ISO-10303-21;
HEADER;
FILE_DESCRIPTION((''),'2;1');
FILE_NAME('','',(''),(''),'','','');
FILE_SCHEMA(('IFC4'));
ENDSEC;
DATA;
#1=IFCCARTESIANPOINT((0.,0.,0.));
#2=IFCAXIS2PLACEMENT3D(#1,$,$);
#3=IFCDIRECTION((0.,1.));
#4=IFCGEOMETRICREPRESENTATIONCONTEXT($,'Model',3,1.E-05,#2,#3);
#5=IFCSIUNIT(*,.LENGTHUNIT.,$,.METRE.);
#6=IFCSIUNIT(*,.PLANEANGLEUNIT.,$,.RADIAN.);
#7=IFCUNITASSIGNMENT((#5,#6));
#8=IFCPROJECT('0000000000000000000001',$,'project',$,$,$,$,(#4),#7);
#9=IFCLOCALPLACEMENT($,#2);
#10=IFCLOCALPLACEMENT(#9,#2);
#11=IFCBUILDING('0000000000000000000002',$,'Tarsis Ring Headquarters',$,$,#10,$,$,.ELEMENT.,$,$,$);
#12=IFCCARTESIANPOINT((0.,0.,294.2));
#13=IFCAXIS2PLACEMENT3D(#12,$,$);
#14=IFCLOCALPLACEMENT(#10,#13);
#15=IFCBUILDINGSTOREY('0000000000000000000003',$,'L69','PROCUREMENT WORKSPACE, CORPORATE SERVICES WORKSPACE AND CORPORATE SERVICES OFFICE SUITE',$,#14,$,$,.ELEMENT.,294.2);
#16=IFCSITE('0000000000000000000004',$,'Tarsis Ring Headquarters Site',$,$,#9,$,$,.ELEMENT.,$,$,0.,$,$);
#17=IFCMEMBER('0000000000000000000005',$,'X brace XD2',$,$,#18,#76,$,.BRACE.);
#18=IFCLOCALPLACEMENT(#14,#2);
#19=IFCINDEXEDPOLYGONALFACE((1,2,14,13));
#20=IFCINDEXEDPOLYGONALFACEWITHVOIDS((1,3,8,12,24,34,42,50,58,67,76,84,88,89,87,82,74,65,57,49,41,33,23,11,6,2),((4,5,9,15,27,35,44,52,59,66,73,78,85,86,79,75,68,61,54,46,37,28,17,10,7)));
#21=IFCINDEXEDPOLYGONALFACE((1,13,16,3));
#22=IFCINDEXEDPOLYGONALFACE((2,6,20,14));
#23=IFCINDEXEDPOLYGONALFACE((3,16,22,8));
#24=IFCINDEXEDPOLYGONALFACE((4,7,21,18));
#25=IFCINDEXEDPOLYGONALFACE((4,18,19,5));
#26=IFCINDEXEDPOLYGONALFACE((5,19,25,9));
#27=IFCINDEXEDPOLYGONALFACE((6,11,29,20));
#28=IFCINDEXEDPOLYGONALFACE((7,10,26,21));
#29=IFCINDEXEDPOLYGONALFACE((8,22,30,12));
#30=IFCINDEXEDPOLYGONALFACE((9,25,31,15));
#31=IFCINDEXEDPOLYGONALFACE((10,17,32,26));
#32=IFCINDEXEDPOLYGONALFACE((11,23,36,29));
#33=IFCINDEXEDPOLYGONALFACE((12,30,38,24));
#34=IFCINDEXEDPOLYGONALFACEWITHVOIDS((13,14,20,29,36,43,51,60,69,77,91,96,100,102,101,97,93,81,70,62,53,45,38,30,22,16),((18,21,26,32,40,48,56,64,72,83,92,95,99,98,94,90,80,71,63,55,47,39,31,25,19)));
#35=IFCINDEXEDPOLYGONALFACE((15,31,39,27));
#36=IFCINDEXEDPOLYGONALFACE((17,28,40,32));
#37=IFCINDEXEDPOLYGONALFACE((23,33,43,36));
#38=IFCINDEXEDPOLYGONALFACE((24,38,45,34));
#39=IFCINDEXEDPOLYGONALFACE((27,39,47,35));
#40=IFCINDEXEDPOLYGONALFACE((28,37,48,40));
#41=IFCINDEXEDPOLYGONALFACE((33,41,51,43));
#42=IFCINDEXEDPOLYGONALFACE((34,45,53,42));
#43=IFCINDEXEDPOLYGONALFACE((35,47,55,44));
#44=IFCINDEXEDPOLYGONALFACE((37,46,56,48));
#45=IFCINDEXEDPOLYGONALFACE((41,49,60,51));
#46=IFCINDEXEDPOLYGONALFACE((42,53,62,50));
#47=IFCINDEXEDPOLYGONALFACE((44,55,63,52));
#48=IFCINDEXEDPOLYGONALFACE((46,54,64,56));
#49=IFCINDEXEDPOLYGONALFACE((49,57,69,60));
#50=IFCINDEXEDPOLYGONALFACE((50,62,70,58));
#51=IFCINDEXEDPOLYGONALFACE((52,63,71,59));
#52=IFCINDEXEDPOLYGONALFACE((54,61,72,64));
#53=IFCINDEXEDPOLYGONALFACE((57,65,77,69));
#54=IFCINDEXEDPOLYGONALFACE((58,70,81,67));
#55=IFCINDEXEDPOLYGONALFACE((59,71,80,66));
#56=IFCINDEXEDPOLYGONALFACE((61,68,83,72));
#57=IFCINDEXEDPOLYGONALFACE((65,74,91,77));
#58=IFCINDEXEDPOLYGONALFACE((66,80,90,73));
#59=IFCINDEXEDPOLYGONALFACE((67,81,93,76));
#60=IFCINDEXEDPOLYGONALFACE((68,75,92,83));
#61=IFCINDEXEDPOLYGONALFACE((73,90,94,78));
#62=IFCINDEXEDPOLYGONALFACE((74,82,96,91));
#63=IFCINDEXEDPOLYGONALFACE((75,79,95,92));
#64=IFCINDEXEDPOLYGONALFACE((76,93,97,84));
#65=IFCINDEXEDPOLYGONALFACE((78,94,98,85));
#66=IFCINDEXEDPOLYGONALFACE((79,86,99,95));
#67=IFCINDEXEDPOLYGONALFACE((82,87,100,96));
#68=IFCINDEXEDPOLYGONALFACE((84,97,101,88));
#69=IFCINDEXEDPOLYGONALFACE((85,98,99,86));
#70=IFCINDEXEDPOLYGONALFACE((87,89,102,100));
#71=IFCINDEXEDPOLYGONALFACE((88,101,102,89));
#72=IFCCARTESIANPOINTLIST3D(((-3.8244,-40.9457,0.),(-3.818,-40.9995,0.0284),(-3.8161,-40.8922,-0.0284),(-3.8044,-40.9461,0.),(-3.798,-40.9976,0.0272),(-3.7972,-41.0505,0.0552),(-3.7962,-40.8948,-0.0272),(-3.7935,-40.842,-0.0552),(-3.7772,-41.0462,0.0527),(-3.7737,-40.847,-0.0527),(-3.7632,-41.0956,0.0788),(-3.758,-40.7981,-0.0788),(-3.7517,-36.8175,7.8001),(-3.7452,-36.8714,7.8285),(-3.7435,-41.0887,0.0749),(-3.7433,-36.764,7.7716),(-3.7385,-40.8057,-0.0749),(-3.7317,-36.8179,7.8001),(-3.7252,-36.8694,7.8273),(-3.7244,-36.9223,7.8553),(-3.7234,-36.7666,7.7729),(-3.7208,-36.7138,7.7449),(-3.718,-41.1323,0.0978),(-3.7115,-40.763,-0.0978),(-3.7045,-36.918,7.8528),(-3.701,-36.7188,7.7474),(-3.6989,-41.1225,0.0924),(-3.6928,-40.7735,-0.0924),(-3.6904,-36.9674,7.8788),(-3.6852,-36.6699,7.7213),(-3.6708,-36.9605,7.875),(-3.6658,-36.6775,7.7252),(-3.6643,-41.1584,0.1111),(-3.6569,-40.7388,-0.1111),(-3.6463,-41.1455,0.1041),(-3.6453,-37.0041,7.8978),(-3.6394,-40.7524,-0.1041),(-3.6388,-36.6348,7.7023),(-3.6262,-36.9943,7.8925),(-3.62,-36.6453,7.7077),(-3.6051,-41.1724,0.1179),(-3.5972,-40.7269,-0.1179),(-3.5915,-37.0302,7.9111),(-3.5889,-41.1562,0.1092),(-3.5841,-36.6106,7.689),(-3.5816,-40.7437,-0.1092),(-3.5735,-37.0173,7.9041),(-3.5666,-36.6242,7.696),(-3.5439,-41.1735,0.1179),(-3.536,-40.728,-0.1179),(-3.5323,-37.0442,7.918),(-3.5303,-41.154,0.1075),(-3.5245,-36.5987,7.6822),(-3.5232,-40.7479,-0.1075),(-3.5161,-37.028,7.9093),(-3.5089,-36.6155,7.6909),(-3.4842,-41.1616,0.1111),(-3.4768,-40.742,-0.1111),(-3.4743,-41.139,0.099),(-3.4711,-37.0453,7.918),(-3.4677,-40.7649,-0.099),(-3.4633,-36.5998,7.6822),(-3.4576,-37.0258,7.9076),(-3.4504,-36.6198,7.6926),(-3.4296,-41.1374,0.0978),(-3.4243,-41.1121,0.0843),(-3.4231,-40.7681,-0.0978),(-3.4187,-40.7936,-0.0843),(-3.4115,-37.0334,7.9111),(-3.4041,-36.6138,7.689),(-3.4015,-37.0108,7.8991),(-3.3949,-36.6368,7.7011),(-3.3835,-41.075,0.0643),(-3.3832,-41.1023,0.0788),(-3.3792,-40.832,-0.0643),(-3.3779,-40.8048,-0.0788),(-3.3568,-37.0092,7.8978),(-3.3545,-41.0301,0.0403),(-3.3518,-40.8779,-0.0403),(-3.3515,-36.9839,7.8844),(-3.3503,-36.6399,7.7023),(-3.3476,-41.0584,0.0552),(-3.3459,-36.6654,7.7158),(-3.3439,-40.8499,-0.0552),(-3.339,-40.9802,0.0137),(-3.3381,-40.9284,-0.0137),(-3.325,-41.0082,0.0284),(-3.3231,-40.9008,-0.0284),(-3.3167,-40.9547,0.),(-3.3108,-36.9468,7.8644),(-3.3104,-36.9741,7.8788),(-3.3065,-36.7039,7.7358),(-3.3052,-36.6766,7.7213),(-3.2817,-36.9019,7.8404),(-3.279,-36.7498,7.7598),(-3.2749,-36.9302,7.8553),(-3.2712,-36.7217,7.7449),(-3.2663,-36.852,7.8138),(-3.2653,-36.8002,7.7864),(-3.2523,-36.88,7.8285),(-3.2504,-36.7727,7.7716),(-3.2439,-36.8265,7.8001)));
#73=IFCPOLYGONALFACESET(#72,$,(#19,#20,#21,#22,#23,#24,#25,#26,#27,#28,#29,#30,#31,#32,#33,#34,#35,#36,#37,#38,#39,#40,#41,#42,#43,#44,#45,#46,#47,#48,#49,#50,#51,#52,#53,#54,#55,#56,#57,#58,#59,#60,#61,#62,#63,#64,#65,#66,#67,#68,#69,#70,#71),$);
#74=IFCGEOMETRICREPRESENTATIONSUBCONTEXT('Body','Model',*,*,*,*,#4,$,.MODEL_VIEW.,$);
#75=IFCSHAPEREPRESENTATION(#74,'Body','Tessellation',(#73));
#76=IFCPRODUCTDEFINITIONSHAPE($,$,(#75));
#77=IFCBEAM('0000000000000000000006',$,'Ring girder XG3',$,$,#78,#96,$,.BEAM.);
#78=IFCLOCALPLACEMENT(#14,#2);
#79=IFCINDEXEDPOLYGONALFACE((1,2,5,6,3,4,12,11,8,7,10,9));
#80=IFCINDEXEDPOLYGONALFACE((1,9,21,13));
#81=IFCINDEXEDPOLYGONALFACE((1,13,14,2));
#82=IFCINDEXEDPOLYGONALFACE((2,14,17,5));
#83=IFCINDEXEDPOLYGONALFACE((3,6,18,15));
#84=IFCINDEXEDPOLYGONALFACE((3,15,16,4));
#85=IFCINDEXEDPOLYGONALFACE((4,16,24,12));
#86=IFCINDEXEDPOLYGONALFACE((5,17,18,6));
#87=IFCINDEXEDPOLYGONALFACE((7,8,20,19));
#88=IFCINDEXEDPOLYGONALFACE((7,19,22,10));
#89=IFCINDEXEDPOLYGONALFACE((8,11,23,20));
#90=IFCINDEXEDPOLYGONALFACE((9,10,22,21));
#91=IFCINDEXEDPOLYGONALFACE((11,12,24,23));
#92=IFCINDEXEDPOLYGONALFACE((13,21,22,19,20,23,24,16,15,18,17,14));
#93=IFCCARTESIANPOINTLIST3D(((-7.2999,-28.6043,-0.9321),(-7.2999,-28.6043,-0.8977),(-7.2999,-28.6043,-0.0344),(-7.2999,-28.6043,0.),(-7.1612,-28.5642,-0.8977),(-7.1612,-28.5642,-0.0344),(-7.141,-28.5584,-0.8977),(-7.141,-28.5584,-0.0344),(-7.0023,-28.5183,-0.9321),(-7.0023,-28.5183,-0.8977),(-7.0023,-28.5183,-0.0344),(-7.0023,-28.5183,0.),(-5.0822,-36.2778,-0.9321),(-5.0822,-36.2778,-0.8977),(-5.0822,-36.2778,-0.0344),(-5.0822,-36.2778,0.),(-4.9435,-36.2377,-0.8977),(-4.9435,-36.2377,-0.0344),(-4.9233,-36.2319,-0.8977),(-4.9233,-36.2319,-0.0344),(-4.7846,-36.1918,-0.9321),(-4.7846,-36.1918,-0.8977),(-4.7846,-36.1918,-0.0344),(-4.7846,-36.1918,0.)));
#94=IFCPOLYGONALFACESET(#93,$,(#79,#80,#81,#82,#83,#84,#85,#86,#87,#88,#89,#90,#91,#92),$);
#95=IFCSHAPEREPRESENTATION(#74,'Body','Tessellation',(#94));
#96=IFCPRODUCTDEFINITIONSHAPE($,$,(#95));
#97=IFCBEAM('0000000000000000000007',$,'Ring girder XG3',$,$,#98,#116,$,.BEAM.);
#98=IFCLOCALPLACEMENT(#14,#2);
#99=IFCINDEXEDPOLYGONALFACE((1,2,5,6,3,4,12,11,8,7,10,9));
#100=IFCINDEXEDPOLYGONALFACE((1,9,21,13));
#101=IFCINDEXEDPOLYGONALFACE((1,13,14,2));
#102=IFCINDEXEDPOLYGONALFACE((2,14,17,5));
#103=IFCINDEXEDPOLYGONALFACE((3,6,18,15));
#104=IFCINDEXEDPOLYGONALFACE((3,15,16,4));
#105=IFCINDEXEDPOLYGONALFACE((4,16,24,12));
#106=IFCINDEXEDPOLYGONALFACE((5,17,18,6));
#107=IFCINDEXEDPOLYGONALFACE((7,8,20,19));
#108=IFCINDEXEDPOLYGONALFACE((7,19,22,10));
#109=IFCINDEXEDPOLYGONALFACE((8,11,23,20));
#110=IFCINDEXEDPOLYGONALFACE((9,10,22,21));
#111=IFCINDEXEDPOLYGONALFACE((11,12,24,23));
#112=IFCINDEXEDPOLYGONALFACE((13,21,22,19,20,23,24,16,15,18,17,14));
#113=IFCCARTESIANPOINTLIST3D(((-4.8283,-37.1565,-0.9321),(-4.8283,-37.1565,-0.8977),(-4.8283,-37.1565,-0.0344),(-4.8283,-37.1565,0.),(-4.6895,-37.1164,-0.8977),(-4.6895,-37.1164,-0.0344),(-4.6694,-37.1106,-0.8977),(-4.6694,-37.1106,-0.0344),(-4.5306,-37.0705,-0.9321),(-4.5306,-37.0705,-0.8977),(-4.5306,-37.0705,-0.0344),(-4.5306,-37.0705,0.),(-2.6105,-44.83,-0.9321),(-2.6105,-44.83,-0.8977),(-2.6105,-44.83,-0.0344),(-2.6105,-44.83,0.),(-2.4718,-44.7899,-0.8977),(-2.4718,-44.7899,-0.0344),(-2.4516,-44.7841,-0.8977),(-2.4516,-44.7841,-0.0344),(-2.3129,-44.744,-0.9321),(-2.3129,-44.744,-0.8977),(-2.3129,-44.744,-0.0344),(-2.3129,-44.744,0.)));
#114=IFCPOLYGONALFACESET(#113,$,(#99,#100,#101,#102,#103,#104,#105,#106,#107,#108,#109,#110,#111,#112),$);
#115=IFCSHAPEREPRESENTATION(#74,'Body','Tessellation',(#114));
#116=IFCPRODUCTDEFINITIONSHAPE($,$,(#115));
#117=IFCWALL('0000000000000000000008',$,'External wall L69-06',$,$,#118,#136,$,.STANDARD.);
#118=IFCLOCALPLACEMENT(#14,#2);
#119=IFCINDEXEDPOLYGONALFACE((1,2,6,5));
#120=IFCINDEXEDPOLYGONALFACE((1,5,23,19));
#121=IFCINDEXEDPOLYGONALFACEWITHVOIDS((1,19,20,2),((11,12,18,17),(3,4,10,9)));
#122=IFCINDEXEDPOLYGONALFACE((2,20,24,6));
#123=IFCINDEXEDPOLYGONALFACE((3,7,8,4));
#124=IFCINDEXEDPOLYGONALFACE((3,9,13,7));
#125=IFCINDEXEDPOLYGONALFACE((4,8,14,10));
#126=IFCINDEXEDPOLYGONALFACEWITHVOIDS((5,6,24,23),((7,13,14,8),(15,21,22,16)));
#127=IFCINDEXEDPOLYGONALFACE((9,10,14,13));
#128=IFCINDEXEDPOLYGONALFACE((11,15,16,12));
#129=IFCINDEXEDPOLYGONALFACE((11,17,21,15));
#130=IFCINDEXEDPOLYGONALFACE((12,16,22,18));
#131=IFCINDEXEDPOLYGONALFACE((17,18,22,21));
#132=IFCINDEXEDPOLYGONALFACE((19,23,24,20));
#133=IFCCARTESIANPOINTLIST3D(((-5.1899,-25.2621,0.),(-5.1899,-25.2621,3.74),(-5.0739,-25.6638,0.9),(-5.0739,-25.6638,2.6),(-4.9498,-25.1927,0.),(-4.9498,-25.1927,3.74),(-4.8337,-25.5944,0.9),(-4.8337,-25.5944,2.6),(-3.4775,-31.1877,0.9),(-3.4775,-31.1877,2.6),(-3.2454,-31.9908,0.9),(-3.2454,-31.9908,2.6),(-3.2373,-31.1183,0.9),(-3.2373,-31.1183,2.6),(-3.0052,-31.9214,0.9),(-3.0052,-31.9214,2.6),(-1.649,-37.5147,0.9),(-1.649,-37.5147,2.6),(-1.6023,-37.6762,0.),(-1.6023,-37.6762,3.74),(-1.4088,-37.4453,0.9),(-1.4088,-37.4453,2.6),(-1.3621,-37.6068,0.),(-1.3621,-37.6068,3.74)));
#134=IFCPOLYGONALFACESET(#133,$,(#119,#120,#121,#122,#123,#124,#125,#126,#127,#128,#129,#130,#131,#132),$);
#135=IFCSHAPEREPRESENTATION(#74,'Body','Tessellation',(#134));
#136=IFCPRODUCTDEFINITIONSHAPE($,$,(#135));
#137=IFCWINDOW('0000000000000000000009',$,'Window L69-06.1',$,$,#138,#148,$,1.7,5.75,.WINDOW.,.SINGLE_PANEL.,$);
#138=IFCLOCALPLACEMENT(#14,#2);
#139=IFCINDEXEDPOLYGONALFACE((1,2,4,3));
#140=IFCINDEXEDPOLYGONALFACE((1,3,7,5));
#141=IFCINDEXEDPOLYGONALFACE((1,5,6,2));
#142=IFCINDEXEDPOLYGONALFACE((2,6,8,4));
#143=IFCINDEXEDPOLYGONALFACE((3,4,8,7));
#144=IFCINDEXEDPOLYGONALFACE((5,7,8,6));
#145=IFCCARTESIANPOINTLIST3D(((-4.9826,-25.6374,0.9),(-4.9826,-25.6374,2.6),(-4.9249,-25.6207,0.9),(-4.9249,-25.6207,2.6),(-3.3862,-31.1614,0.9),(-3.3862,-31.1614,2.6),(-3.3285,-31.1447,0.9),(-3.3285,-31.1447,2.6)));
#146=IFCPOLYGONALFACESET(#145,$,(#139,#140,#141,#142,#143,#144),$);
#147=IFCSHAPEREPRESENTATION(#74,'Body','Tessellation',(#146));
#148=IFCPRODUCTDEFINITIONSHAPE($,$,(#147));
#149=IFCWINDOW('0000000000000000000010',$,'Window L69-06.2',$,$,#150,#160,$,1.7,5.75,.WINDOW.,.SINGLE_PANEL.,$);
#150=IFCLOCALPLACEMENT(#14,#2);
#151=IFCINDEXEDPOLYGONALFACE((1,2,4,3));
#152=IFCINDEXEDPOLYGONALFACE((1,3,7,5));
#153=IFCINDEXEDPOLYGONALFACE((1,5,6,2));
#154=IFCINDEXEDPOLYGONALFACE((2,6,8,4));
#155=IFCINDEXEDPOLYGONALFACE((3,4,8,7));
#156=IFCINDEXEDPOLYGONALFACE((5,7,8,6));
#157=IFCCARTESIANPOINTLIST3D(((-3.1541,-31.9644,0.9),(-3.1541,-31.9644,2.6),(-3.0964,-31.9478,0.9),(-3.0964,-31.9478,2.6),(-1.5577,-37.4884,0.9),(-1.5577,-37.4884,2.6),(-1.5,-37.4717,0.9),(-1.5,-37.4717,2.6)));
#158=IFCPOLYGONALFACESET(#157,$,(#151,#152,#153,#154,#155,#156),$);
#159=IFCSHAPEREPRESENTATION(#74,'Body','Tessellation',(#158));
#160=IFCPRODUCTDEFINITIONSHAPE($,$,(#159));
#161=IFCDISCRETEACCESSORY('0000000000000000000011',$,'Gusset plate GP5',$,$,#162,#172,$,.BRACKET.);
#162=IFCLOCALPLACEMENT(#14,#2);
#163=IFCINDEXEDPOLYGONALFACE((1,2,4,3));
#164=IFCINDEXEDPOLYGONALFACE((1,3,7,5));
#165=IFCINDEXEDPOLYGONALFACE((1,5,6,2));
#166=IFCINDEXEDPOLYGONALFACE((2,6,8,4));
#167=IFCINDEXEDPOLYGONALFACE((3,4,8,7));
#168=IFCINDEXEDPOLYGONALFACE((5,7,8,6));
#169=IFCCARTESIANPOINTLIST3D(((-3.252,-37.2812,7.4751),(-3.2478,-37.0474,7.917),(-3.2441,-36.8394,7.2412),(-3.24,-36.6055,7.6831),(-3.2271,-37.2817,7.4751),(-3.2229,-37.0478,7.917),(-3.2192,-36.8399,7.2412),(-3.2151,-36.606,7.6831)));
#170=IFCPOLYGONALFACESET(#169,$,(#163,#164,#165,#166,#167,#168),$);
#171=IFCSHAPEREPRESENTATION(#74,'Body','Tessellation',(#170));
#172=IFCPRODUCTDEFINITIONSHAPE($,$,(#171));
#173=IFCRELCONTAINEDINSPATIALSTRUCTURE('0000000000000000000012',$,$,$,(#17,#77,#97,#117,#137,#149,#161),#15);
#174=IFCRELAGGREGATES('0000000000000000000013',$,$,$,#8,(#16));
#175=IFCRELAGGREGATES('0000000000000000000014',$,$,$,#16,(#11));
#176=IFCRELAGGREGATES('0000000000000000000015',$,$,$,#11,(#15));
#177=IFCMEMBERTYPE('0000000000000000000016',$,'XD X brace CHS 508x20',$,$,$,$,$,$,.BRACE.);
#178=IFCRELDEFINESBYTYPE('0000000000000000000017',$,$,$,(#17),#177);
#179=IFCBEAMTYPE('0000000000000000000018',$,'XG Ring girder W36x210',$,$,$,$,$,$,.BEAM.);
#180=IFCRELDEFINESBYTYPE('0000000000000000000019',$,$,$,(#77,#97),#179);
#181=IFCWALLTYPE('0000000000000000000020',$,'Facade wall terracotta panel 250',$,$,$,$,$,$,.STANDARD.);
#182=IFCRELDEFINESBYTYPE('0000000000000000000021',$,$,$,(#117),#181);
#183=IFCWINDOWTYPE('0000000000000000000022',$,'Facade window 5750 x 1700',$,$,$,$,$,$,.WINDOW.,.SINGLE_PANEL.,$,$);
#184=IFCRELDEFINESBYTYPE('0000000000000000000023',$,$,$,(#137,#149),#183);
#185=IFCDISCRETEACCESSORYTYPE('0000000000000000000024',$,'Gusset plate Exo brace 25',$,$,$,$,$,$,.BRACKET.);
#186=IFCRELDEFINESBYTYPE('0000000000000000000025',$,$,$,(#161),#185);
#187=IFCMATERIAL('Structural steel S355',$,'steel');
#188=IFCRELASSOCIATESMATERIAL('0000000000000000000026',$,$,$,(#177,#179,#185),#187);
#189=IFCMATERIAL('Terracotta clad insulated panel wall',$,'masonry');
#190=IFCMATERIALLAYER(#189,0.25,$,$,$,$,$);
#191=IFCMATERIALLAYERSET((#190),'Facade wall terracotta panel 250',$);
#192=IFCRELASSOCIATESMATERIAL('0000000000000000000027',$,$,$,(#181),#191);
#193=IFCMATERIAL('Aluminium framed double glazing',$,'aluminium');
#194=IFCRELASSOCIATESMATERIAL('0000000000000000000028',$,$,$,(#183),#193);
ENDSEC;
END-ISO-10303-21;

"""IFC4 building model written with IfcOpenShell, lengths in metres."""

from ifc_helpers import new_model, si_unit, direction, frame, frame_2d, origin, origin_2d, place, context, subcontext, project, spatial, rectangle, hollow_circle, i_section, extrude, material, layer, layer_set, material_profile, profile_set, type_object, element, fill, save


model = new_model("IFC4")

# Units and contexts
model_context = context("Model", 3, precision=1e-05, world=origin(), true_north=direction((0.0, 1.0)))
body_context = subcontext(model_context, "Body", "Model", "MODEL_VIEW")
ifc_project = project(units=[si_unit("LENGTHUNIT", "METRE"), si_unit("PLANEANGLEUNIT", "RADIAN")], contexts=[model_context])

# Site, building, storey
site_placement = place(None, origin())
site = spatial("IfcSite", under=ifc_project, at=site_placement, Name="Tarsis Ring Headquarters Site", CompositionType="ELEMENT", RefElevation=0.0)
building_placement = place(site_placement, origin())
building = spatial("IfcBuilding", under=site, at=building_placement, Name="Tarsis Ring Headquarters", CompositionType="ELEMENT")
storey_placement = place(building_placement, frame((0.0, 0.0, 294.2)))
storey = spatial("IfcBuildingStorey", under=building, at=storey_placement, Name="L69", Description="PROCUREMENT WORKSPACE, CORPORATE SERVICES WORKSPACE AND CORPORATE SERVICES OFFICE SUITE", CompositionType="ELEMENT", Elevation=294.2)

# Shared definitions
ifc_material_1 = material(Name="Structural steel S355", Category="steel")

# Member
ifc_material_profile_1 = material_profile(ifc_material_1, hollow_circle(Radius=0.2539, WallThickness=0.02, at=origin_2d()), Name="CHS 508x20")
ifc_profile_set_1 = profile_set([ifc_material_profile_1], Name="Structural steel S355")
member_type = type_object("IfcMemberType", Name="XD X brace CHS 508x20", PredefinedType="BRACE", material=ifc_profile_set_1)
member_1_placement = place(storey_placement, frame((-3.5706, -40.9502, 0.0), z_axis=(0.008244, 0.46776, 0.883817), x_axis=(-0.999845, 0.017621, 0.0)))
element("IfcMember", 1, at=member_1_placement, inside=storey, type_object=member_type, Name="X brace XD2", PredefinedType="BRACE", context=body_context, shape_type="SweptSolid", body=[
    extrude(hollow_circle(Radius=0.2539, WallThickness=0.02, at=origin_2d()), origin(), (0.0, 0.0, 1.0), 8.8254),
])

# Beams
ifc_material_profile_2 = material_profile(ifc_material_1, i_section(OverallWidth=0.3098, OverallDepth=0.9321, WebThickness=0.021, FlangeThickness=0.0344, at=origin_2d()), Name="W36x210")
ifc_profile_set_2 = profile_set([ifc_material_profile_2], Name="Structural steel S355")
beam_type_1 = type_object("IfcBeamType", Name="XG Ring girder W36x210", PredefinedType="BEAM", material=ifc_profile_set_2)
for number, where, z_axis, x_axis, name in (
    (2, (-7.1511, -28.5613, -0.4661), (0.277651, -0.960682, 0.0), (0.960682, 0.277651, 0.0), "Ring girder XG3"),
    (3, (-4.6794, -37.1135, -0.4661), (0.277651, -0.960682, 0.0), (0.960682, 0.277651, 0.0), "Ring girder XG3"),
):
    element("IfcBeam", number, at=place(storey_placement, frame(where, z_axis=z_axis, x_axis=x_axis)), inside=storey, type_object=beam_type_1, Name=name, PredefinedType="BEAM", context=body_context, shape_type="SweptSolid", body=[
        extrude(i_section(OverallWidth=0.3098, OverallDepth=0.9321, WebThickness=0.021, FlangeThickness=0.0344, at=origin_2d()), origin(), (0.0, 0.0, 1.0), 7.9875),
    ])

# Wall, openings, windows
ifc_material_2 = material(Name="Terracotta clad insulated panel wall", Category="masonry")
ifc_layer = layer(ifc_material_2, 0.25)
ifc_layer_set = layer_set([ifc_layer], Name="Facade wall terracotta panel 250")
wall_type = type_object("IfcWallType", Name="Facade wall terracotta panel 250", PredefinedType="STANDARD", material=ifc_layer_set)
wall_placement = place(storey_placement, frame((-5.0698, -25.2275, 0.0), z_axis=(0.0, 0.0, 1.0), x_axis=(0.277637, -0.960686, 0.0)))
wall = element("IfcWall", 4, at=wall_placement, inside=storey, type_object=wall_type, Name="External wall L69-06", PredefinedType="STANDARD", context=body_context, shape_type="SweptSolid", body=[
    extrude(rectangle(XDim=12.9221, YDim=0.25, at=frame_2d((6.4609, 0.0))), origin(), (0.0, 0.0, 1.0), 3.74),
])
opening_1_placement = place(wall_placement, frame((0.418, 0.0, 0.8999)))
opening_1 = element("IfcOpeningElement", 5, at=opening_1_placement, cuts=wall, PredefinedType="OPENING", context=body_context, shape_type="SweptSolid", body=[
    extrude(rectangle(XDim=5.75, YDim=1.7, at=frame_2d((2.875, 0.8501))), frame((0.0, 0.135, 0.0), z_axis=(0.0, -1.0, 0.0), x_axis=(1.0, 0.0, 0.0)), (0.0, 0.0, 1.0), 0.27),
])
opening_2_placement = place(wall_placement, frame((7.0039, 0.0, 0.8999)))
opening_2 = element("IfcOpeningElement", 6, at=opening_2_placement, cuts=wall, PredefinedType="OPENING", context=body_context, shape_type="SweptSolid", body=[
    extrude(rectangle(XDim=5.75, YDim=1.7, at=frame_2d((2.875, 0.8501))), frame((0.0, 0.135, 0.0), z_axis=(0.0, -1.0, 0.0), x_axis=(1.0, 0.0, 0.0)), (0.0, 0.0, 1.0), 0.27),
])
ifc_material_3 = material(Name="Aluminium framed double glazing", Category="aluminium")
window_type = type_object("IfcWindowType", Name="Facade window 5750 x 1700", PartitioningType="SINGLE_PANEL", PredefinedType="WINDOW", material=ifc_material_3)
window_1_placement = place(opening_1_placement, origin())
window_1 = element("IfcWindow", 7, at=window_1_placement, inside=storey, type_object=window_type, Name="Window L69-06.1", OverallHeight=1.7, OverallWidth=5.75, PartitioningType="SINGLE_PANEL", PredefinedType="WINDOW", context=body_context, shape_type="SweptSolid", body=[
    extrude(rectangle(XDim=5.75, YDim=1.7, at=frame_2d((2.875, 0.8501))), frame((0.0, 0.03, 0.0), z_axis=(0.0, -1.0, 0.0), x_axis=(1.0, 0.0, 0.0)), (0.0, 0.0, 1.0), 0.0601),
])
fill(opening_1, window_1)
window_2_placement = place(opening_2_placement, origin())
window_2 = element("IfcWindow", 8, at=window_2_placement, inside=storey, type_object=window_type, Name="Window L69-06.2", OverallHeight=1.7, OverallWidth=5.75, PartitioningType="SINGLE_PANEL", PredefinedType="WINDOW", context=body_context, shape_type="SweptSolid", body=[
    extrude(rectangle(XDim=5.75, YDim=1.7, at=frame_2d((2.875, 0.8501))), frame((0.0, 0.03, 0.0), z_axis=(0.0, -1.0, 0.0), x_axis=(1.0, 0.0, 0.0)), (0.0, 0.0, 1.0), 0.0601),
])
fill(opening_2, window_2)

# Discrete accessory
ifc_material_profile_3 = material_profile(ifc_material_1, rectangle(XDim=0.0249, YDim=0.5, at=origin_2d()), Name="PL 25x500")
ifc_profile_set_3 = profile_set([ifc_material_profile_3], Name="Structural steel S355")
discrete_accessory_type = type_object("IfcDiscreteAccessoryType", Name="Gusset plate Exo brace 25", PredefinedType="BRACKET", material=ifc_profile_set_3)
discrete_accessory_placement = place(storey_placement, frame((-3.2314, -36.8267, 7.8), z_axis=(-0.008301, -0.467782, -0.883805), x_axis=(0.999843, -0.017743, 0.0)))
element("IfcDiscreteAccessory", 9, at=discrete_accessory_placement, inside=storey, type_object=discrete_accessory_type, Name="Gusset plate GP5", PredefinedType="BRACKET", context=body_context, shape_type="SweptSolid", body=[
    extrude(rectangle(XDim=0.0249, YDim=0.5, at=origin_2d()), origin(), (0.0, 0.0, 1.0), 0.5),
])

save(model, "model.ifc")
